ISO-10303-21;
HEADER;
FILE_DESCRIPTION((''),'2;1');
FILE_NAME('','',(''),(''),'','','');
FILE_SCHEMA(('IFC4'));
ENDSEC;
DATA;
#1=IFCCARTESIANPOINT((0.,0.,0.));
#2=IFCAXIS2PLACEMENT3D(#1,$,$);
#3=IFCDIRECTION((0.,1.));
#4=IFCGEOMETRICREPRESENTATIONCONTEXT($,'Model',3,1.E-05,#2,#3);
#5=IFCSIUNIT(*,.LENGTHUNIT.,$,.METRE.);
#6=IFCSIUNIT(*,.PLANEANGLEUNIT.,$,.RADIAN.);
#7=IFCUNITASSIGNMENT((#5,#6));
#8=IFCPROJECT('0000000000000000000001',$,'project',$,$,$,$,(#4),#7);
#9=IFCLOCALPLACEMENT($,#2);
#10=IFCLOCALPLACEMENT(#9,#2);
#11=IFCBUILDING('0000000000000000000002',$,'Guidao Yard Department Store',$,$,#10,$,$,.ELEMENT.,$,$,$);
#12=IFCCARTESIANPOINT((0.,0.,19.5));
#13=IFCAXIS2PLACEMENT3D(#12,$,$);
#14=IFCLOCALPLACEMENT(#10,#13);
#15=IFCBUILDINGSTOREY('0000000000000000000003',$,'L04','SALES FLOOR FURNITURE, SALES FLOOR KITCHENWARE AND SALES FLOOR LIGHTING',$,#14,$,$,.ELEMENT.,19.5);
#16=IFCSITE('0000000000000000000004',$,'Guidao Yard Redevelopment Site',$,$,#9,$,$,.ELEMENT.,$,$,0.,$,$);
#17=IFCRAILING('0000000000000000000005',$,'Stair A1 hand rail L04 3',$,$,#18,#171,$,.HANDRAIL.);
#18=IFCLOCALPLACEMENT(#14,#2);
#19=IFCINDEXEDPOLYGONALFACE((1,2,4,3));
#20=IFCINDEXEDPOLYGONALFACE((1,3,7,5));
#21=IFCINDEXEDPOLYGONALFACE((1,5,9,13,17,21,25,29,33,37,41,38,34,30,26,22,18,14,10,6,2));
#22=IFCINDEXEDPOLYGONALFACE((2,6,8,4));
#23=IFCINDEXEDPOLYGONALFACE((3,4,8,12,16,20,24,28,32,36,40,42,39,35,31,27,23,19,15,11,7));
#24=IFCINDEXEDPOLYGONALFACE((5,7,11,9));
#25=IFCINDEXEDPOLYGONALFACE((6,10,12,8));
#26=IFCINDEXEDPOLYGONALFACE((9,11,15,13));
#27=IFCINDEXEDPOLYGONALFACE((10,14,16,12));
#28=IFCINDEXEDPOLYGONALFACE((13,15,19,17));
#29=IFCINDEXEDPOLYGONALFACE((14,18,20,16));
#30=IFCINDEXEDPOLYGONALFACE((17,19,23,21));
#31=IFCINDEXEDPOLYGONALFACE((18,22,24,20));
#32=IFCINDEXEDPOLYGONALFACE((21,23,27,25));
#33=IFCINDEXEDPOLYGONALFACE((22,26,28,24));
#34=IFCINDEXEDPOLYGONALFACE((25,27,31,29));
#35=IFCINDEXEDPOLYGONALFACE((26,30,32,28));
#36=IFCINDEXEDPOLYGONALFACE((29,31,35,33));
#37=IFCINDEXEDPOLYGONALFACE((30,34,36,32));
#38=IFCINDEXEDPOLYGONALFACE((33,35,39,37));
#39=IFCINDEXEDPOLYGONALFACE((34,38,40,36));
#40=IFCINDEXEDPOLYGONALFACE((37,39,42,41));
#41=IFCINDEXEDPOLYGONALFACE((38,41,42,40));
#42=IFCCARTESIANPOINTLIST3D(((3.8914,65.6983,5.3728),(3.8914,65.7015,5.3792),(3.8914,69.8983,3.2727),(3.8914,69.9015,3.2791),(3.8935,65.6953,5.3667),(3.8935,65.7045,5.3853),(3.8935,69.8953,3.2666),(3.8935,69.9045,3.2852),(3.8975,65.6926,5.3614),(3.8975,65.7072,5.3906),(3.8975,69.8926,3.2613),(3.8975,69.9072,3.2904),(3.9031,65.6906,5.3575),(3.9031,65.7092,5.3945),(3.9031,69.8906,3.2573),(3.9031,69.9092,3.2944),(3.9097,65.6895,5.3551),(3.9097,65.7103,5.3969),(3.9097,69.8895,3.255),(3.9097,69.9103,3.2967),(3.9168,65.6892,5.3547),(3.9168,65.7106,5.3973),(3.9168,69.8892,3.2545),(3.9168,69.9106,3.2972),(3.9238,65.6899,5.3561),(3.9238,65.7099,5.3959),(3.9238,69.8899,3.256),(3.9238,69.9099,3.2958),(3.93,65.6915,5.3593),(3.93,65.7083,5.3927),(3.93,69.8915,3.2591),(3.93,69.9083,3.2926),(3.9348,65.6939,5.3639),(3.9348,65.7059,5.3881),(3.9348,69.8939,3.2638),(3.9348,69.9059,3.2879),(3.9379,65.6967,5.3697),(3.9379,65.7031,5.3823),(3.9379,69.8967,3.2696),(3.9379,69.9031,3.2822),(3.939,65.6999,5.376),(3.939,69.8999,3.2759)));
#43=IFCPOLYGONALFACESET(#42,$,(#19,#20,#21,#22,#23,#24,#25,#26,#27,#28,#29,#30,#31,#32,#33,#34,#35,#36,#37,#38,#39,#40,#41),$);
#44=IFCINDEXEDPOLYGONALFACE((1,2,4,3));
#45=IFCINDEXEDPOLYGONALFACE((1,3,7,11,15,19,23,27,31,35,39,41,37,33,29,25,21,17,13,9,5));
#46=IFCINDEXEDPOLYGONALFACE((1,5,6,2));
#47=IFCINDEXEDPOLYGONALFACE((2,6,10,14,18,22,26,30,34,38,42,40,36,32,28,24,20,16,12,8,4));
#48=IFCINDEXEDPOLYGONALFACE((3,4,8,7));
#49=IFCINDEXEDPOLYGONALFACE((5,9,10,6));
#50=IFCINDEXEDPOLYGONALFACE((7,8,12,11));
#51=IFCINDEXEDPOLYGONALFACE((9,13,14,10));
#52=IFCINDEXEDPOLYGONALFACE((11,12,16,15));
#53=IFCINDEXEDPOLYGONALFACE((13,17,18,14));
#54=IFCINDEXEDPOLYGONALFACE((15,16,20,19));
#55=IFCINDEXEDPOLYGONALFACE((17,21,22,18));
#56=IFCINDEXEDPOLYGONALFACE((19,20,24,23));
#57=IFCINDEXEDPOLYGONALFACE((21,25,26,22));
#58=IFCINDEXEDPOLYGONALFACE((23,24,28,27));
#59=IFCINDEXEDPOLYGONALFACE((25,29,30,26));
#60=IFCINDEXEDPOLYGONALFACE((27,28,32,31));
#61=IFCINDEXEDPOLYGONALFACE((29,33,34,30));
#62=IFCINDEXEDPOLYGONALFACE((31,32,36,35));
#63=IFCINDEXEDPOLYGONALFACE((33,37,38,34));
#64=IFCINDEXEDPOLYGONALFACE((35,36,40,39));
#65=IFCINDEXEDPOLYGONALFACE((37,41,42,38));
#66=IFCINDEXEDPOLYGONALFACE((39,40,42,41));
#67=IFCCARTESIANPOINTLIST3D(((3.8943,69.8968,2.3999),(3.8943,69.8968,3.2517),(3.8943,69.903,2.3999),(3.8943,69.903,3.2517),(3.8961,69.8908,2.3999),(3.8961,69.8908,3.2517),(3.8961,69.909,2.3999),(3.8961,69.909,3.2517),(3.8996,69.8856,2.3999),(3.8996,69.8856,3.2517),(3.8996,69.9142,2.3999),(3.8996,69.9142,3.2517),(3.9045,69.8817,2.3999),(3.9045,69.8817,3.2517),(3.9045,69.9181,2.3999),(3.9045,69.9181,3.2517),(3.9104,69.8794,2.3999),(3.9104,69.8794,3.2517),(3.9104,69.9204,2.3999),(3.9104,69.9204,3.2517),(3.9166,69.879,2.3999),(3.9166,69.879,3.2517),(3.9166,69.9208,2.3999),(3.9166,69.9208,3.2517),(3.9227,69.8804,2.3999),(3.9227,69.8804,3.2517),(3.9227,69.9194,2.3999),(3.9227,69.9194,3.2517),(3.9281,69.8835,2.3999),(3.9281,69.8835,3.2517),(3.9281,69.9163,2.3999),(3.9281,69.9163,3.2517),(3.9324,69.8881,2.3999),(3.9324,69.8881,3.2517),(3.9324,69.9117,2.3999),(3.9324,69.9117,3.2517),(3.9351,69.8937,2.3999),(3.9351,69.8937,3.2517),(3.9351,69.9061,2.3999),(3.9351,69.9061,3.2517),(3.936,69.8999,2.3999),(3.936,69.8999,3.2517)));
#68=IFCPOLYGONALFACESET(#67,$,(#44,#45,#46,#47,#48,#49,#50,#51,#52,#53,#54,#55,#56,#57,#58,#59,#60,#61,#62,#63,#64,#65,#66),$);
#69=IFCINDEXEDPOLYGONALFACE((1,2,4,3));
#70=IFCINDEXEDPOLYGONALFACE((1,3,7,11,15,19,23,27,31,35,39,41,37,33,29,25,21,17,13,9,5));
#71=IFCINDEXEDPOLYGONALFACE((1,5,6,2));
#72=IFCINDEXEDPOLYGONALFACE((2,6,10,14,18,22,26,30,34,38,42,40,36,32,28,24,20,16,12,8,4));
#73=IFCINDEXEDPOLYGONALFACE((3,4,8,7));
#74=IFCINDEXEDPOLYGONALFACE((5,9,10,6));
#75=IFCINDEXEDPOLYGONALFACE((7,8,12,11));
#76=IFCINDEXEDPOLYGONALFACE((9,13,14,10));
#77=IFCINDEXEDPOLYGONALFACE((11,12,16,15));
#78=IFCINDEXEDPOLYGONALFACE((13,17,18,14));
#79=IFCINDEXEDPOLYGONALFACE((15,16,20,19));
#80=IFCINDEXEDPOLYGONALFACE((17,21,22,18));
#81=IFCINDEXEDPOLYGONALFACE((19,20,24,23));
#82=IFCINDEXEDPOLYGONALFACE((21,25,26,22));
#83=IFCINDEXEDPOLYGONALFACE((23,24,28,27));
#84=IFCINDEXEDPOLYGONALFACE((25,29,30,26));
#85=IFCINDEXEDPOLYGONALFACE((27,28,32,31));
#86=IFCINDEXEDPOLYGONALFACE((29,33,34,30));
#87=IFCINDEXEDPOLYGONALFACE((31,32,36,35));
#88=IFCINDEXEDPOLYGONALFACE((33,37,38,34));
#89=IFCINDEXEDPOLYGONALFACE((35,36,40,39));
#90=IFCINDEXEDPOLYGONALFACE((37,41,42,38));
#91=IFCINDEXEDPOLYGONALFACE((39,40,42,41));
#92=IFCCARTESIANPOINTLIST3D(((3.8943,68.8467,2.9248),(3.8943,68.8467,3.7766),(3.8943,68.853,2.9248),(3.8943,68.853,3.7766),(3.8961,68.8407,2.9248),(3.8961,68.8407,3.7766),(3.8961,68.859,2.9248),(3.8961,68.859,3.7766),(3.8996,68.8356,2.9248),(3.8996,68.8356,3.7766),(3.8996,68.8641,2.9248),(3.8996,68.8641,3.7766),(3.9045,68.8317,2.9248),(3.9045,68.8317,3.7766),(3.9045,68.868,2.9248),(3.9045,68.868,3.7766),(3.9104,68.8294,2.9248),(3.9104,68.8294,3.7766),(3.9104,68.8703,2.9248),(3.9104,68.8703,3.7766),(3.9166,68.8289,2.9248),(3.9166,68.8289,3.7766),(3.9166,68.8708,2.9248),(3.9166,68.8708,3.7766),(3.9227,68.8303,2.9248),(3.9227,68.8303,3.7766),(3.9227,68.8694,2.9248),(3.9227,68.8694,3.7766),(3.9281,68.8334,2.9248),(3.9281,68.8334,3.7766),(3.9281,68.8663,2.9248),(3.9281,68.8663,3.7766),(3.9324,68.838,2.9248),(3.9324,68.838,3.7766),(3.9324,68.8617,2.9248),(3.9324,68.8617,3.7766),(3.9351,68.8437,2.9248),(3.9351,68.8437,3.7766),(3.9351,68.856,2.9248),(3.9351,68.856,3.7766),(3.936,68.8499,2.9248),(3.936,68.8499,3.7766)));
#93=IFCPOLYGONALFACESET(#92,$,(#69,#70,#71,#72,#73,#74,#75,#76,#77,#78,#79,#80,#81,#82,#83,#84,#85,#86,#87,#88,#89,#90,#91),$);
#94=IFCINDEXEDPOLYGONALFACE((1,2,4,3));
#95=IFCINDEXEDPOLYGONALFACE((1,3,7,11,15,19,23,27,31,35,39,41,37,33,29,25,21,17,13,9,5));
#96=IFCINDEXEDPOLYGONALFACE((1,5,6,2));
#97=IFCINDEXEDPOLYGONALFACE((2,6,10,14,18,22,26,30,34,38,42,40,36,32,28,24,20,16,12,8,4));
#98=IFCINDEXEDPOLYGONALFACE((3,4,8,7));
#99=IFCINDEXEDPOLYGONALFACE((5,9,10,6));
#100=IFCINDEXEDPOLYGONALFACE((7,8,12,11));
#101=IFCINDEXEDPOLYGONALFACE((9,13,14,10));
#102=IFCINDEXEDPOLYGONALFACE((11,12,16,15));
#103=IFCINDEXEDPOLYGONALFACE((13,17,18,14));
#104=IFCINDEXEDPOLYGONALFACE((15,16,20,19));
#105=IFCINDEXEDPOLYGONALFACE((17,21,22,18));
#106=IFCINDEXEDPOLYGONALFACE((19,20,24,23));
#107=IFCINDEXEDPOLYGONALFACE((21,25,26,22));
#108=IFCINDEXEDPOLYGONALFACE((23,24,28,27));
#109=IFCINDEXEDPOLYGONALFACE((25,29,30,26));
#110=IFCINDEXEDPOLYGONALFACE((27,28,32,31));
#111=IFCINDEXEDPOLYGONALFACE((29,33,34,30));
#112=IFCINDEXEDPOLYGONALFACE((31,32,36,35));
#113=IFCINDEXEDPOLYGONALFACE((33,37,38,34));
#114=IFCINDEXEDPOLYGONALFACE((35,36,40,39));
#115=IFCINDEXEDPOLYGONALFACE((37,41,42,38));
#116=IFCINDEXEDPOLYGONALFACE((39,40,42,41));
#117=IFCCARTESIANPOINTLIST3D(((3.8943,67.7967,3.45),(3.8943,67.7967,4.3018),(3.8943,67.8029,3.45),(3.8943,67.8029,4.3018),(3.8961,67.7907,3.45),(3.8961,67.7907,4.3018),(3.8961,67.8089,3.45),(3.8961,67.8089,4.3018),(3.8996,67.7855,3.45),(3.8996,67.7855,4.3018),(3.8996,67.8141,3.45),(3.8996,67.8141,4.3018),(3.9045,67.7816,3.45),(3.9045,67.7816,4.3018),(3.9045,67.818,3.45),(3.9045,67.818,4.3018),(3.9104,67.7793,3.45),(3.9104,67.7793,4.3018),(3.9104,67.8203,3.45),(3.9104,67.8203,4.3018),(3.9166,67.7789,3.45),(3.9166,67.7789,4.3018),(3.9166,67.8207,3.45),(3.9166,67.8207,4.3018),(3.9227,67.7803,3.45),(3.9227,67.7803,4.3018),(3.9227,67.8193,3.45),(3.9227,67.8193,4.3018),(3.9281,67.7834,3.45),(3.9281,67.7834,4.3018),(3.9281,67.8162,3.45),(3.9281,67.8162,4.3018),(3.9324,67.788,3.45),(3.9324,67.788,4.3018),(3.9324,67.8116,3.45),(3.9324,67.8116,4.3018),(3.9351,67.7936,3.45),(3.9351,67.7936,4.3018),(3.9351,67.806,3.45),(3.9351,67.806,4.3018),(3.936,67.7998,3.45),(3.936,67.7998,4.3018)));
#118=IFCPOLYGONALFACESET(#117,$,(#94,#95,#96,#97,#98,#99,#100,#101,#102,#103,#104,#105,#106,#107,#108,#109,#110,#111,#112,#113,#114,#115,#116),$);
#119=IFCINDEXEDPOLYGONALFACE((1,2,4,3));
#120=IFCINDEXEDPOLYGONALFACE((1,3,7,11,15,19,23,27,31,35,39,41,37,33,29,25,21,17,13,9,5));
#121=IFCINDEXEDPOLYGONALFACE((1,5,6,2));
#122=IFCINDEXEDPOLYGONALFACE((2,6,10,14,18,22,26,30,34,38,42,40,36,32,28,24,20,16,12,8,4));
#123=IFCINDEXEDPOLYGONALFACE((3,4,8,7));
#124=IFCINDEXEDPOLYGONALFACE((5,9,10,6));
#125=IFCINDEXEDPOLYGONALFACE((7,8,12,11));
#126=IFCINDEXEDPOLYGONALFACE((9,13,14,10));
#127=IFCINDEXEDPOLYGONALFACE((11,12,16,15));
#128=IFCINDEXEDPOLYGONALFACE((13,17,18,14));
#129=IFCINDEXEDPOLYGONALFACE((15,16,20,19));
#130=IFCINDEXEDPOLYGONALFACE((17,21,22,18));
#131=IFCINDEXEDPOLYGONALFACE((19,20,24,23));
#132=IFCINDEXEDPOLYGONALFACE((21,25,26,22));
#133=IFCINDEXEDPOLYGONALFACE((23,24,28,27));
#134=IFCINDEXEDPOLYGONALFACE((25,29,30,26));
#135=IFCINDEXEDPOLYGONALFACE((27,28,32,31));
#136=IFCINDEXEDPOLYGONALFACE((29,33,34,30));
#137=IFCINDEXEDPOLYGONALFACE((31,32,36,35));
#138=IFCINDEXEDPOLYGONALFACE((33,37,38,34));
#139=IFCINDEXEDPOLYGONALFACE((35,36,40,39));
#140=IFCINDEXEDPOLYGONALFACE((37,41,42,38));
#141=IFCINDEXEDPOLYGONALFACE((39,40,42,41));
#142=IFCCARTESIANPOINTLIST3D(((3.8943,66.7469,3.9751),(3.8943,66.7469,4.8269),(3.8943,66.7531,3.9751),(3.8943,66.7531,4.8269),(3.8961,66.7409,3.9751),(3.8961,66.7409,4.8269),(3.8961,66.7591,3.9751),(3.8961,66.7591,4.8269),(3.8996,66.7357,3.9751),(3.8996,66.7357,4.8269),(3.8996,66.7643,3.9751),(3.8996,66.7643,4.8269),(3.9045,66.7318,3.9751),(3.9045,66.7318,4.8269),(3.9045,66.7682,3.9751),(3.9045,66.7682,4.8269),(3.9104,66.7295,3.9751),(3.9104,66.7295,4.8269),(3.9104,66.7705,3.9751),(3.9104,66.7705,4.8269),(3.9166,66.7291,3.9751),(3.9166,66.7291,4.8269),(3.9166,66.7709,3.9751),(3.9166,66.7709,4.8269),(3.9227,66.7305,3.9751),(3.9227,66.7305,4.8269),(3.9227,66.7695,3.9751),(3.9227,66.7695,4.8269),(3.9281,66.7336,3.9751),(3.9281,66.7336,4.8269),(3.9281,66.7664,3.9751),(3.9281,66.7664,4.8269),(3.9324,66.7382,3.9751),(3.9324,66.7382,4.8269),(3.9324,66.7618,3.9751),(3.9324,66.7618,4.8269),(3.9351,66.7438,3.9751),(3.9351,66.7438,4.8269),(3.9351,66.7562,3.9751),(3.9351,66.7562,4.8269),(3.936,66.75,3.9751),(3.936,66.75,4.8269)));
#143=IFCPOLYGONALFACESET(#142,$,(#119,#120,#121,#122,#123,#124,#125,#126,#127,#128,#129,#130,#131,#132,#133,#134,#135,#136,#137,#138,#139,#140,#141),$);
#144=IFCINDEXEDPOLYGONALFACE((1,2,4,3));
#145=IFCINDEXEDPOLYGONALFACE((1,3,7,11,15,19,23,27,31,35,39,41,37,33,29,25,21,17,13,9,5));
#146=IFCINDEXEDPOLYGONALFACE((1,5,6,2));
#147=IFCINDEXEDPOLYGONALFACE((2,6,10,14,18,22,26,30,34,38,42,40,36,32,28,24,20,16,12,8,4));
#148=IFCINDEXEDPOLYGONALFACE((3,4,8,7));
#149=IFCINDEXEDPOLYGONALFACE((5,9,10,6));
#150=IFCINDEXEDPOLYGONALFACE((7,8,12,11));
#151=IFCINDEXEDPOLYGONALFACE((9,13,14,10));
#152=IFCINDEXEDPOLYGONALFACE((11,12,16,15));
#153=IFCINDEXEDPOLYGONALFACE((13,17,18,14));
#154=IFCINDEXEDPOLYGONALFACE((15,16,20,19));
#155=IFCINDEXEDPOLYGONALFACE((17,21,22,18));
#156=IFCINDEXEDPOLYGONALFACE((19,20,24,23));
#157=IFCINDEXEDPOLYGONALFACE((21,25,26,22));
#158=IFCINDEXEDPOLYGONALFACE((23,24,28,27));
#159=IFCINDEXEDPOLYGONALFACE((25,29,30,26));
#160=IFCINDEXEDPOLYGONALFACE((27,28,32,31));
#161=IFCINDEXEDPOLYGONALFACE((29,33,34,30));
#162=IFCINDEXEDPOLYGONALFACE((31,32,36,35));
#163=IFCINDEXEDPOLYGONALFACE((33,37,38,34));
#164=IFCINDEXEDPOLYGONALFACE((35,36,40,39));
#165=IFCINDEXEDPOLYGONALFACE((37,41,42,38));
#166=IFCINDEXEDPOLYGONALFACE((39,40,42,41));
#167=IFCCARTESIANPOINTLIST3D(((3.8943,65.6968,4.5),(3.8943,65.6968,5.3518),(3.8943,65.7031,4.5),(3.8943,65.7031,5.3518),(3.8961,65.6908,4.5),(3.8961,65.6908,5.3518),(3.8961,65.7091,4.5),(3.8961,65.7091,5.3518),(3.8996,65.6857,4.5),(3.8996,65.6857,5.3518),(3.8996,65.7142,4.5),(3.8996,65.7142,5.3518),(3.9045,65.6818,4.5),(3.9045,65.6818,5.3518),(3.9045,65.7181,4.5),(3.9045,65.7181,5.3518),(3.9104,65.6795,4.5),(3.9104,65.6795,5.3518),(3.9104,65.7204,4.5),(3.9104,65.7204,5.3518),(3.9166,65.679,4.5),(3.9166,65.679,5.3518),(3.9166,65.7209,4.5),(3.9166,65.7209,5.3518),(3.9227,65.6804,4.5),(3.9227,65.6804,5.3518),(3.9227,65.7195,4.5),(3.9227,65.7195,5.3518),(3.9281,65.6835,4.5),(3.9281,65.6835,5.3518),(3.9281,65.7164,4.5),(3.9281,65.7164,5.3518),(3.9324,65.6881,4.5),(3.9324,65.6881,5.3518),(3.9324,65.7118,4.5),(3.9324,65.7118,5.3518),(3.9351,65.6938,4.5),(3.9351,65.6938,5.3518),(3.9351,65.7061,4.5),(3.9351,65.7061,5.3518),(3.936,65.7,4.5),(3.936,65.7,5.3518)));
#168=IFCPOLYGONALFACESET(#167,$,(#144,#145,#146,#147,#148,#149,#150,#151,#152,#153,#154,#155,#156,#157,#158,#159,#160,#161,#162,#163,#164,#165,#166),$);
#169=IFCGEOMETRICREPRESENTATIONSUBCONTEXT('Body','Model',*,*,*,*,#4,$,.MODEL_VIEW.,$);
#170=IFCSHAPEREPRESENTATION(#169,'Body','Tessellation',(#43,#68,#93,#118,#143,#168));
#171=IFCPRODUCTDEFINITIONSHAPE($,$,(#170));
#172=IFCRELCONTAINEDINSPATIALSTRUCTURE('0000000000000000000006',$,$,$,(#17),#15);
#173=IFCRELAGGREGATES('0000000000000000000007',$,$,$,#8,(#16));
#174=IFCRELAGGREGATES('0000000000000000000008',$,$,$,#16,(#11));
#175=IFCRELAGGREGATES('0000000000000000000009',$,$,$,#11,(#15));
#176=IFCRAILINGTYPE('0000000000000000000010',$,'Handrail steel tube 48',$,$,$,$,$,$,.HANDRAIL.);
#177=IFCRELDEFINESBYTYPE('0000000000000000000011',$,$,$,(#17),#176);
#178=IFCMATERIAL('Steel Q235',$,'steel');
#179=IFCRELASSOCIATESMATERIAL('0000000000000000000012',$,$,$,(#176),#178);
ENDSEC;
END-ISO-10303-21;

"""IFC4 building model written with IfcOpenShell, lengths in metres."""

from ifc_helpers import new_model, si_unit, direction, frame, origin, origin_2d, place, context, subcontext, project, spatial, circle, extrude, material, type_object, element, save


model = new_model("IFC4")

# Units and contexts
model_context = context("Model", 3, precision=1e-05, world=origin(), true_north=direction((0.0, 1.0)))
body_context = subcontext(model_context, "Body", "Model", "MODEL_VIEW")
ifc_project = project(units=[si_unit("LENGTHUNIT", "METRE"), si_unit("PLANEANGLEUNIT", "RADIAN")], contexts=[model_context])

# Site, building, storey
site_placement = place(None, origin())
site = spatial("IfcSite", under=ifc_project, at=site_placement, Name="Guidao Yard Redevelopment Site", CompositionType="ELEMENT", RefElevation=0.0)
building_placement = place(site_placement, origin())
building = spatial("IfcBuilding", under=site, at=building_placement, Name="Guidao Yard Department Store", CompositionType="ELEMENT")
storey_placement = place(building_placement, frame((0.0, 0.0, 19.5)))
storey = spatial("IfcBuildingStorey", under=building, at=storey_placement, Name="L04", Description="SALES FLOOR FURNITURE, SALES FLOOR KITCHENWARE AND SALES FLOOR LIGHTING", CompositionType="ELEMENT", Elevation=19.5)

# Railing
ifc_material_1 = material(Name="Steel Q235", Category="steel")
railing_type_1 = type_object("IfcRailingType", Name="Handrail steel tube 48", PredefinedType="HANDRAIL", material=ifc_material_1)
for number, where, name in (
    (1, (3.915, 69.8999, 2.3999), "Stair A1 hand rail L04 3"),
):
    element("IfcRailing", number, at=place(storey_placement, frame(where)), inside=storey, type_object=railing_type_1, Name=name, PredefinedType="HANDRAIL", context=body_context, shape_type="SweptSolid", body=[
        extrude(circle(Radius=0.0239, at=origin_2d()), frame((0.0, 0.0, 0.876), z_axis=(0.0, -0.894417, 0.447234), x_axis=(1.0, 0.0, 0.0)), (0.0, 0.0, 1.0), 4.6958),
        extrude(circle(Radius=0.021, at=origin_2d()), origin(), (0.0, 0.0, 1.0), 0.8518),
        extrude(circle(Radius=0.021, at=origin_2d()), frame((0.0, -1.05, 0.5249)), (0.0, 0.0, 1.0), 0.8518),
        extrude(circle(Radius=0.021, at=origin_2d()), frame((0.0, -2.1001, 1.05)), (0.0, 0.0, 1.0), 0.8518),
        extrude(circle(Radius=0.021, at=origin_2d()), frame((0.0, -3.1499, 1.5752)), (0.0, 0.0, 1.0), 0.8518),
        extrude(circle(Radius=0.021, at=origin_2d()), frame((0.0, -4.2, 2.1001)), (0.0, 0.0, 1.0), 0.8518),
    ])

save(model, "model.ifc")
